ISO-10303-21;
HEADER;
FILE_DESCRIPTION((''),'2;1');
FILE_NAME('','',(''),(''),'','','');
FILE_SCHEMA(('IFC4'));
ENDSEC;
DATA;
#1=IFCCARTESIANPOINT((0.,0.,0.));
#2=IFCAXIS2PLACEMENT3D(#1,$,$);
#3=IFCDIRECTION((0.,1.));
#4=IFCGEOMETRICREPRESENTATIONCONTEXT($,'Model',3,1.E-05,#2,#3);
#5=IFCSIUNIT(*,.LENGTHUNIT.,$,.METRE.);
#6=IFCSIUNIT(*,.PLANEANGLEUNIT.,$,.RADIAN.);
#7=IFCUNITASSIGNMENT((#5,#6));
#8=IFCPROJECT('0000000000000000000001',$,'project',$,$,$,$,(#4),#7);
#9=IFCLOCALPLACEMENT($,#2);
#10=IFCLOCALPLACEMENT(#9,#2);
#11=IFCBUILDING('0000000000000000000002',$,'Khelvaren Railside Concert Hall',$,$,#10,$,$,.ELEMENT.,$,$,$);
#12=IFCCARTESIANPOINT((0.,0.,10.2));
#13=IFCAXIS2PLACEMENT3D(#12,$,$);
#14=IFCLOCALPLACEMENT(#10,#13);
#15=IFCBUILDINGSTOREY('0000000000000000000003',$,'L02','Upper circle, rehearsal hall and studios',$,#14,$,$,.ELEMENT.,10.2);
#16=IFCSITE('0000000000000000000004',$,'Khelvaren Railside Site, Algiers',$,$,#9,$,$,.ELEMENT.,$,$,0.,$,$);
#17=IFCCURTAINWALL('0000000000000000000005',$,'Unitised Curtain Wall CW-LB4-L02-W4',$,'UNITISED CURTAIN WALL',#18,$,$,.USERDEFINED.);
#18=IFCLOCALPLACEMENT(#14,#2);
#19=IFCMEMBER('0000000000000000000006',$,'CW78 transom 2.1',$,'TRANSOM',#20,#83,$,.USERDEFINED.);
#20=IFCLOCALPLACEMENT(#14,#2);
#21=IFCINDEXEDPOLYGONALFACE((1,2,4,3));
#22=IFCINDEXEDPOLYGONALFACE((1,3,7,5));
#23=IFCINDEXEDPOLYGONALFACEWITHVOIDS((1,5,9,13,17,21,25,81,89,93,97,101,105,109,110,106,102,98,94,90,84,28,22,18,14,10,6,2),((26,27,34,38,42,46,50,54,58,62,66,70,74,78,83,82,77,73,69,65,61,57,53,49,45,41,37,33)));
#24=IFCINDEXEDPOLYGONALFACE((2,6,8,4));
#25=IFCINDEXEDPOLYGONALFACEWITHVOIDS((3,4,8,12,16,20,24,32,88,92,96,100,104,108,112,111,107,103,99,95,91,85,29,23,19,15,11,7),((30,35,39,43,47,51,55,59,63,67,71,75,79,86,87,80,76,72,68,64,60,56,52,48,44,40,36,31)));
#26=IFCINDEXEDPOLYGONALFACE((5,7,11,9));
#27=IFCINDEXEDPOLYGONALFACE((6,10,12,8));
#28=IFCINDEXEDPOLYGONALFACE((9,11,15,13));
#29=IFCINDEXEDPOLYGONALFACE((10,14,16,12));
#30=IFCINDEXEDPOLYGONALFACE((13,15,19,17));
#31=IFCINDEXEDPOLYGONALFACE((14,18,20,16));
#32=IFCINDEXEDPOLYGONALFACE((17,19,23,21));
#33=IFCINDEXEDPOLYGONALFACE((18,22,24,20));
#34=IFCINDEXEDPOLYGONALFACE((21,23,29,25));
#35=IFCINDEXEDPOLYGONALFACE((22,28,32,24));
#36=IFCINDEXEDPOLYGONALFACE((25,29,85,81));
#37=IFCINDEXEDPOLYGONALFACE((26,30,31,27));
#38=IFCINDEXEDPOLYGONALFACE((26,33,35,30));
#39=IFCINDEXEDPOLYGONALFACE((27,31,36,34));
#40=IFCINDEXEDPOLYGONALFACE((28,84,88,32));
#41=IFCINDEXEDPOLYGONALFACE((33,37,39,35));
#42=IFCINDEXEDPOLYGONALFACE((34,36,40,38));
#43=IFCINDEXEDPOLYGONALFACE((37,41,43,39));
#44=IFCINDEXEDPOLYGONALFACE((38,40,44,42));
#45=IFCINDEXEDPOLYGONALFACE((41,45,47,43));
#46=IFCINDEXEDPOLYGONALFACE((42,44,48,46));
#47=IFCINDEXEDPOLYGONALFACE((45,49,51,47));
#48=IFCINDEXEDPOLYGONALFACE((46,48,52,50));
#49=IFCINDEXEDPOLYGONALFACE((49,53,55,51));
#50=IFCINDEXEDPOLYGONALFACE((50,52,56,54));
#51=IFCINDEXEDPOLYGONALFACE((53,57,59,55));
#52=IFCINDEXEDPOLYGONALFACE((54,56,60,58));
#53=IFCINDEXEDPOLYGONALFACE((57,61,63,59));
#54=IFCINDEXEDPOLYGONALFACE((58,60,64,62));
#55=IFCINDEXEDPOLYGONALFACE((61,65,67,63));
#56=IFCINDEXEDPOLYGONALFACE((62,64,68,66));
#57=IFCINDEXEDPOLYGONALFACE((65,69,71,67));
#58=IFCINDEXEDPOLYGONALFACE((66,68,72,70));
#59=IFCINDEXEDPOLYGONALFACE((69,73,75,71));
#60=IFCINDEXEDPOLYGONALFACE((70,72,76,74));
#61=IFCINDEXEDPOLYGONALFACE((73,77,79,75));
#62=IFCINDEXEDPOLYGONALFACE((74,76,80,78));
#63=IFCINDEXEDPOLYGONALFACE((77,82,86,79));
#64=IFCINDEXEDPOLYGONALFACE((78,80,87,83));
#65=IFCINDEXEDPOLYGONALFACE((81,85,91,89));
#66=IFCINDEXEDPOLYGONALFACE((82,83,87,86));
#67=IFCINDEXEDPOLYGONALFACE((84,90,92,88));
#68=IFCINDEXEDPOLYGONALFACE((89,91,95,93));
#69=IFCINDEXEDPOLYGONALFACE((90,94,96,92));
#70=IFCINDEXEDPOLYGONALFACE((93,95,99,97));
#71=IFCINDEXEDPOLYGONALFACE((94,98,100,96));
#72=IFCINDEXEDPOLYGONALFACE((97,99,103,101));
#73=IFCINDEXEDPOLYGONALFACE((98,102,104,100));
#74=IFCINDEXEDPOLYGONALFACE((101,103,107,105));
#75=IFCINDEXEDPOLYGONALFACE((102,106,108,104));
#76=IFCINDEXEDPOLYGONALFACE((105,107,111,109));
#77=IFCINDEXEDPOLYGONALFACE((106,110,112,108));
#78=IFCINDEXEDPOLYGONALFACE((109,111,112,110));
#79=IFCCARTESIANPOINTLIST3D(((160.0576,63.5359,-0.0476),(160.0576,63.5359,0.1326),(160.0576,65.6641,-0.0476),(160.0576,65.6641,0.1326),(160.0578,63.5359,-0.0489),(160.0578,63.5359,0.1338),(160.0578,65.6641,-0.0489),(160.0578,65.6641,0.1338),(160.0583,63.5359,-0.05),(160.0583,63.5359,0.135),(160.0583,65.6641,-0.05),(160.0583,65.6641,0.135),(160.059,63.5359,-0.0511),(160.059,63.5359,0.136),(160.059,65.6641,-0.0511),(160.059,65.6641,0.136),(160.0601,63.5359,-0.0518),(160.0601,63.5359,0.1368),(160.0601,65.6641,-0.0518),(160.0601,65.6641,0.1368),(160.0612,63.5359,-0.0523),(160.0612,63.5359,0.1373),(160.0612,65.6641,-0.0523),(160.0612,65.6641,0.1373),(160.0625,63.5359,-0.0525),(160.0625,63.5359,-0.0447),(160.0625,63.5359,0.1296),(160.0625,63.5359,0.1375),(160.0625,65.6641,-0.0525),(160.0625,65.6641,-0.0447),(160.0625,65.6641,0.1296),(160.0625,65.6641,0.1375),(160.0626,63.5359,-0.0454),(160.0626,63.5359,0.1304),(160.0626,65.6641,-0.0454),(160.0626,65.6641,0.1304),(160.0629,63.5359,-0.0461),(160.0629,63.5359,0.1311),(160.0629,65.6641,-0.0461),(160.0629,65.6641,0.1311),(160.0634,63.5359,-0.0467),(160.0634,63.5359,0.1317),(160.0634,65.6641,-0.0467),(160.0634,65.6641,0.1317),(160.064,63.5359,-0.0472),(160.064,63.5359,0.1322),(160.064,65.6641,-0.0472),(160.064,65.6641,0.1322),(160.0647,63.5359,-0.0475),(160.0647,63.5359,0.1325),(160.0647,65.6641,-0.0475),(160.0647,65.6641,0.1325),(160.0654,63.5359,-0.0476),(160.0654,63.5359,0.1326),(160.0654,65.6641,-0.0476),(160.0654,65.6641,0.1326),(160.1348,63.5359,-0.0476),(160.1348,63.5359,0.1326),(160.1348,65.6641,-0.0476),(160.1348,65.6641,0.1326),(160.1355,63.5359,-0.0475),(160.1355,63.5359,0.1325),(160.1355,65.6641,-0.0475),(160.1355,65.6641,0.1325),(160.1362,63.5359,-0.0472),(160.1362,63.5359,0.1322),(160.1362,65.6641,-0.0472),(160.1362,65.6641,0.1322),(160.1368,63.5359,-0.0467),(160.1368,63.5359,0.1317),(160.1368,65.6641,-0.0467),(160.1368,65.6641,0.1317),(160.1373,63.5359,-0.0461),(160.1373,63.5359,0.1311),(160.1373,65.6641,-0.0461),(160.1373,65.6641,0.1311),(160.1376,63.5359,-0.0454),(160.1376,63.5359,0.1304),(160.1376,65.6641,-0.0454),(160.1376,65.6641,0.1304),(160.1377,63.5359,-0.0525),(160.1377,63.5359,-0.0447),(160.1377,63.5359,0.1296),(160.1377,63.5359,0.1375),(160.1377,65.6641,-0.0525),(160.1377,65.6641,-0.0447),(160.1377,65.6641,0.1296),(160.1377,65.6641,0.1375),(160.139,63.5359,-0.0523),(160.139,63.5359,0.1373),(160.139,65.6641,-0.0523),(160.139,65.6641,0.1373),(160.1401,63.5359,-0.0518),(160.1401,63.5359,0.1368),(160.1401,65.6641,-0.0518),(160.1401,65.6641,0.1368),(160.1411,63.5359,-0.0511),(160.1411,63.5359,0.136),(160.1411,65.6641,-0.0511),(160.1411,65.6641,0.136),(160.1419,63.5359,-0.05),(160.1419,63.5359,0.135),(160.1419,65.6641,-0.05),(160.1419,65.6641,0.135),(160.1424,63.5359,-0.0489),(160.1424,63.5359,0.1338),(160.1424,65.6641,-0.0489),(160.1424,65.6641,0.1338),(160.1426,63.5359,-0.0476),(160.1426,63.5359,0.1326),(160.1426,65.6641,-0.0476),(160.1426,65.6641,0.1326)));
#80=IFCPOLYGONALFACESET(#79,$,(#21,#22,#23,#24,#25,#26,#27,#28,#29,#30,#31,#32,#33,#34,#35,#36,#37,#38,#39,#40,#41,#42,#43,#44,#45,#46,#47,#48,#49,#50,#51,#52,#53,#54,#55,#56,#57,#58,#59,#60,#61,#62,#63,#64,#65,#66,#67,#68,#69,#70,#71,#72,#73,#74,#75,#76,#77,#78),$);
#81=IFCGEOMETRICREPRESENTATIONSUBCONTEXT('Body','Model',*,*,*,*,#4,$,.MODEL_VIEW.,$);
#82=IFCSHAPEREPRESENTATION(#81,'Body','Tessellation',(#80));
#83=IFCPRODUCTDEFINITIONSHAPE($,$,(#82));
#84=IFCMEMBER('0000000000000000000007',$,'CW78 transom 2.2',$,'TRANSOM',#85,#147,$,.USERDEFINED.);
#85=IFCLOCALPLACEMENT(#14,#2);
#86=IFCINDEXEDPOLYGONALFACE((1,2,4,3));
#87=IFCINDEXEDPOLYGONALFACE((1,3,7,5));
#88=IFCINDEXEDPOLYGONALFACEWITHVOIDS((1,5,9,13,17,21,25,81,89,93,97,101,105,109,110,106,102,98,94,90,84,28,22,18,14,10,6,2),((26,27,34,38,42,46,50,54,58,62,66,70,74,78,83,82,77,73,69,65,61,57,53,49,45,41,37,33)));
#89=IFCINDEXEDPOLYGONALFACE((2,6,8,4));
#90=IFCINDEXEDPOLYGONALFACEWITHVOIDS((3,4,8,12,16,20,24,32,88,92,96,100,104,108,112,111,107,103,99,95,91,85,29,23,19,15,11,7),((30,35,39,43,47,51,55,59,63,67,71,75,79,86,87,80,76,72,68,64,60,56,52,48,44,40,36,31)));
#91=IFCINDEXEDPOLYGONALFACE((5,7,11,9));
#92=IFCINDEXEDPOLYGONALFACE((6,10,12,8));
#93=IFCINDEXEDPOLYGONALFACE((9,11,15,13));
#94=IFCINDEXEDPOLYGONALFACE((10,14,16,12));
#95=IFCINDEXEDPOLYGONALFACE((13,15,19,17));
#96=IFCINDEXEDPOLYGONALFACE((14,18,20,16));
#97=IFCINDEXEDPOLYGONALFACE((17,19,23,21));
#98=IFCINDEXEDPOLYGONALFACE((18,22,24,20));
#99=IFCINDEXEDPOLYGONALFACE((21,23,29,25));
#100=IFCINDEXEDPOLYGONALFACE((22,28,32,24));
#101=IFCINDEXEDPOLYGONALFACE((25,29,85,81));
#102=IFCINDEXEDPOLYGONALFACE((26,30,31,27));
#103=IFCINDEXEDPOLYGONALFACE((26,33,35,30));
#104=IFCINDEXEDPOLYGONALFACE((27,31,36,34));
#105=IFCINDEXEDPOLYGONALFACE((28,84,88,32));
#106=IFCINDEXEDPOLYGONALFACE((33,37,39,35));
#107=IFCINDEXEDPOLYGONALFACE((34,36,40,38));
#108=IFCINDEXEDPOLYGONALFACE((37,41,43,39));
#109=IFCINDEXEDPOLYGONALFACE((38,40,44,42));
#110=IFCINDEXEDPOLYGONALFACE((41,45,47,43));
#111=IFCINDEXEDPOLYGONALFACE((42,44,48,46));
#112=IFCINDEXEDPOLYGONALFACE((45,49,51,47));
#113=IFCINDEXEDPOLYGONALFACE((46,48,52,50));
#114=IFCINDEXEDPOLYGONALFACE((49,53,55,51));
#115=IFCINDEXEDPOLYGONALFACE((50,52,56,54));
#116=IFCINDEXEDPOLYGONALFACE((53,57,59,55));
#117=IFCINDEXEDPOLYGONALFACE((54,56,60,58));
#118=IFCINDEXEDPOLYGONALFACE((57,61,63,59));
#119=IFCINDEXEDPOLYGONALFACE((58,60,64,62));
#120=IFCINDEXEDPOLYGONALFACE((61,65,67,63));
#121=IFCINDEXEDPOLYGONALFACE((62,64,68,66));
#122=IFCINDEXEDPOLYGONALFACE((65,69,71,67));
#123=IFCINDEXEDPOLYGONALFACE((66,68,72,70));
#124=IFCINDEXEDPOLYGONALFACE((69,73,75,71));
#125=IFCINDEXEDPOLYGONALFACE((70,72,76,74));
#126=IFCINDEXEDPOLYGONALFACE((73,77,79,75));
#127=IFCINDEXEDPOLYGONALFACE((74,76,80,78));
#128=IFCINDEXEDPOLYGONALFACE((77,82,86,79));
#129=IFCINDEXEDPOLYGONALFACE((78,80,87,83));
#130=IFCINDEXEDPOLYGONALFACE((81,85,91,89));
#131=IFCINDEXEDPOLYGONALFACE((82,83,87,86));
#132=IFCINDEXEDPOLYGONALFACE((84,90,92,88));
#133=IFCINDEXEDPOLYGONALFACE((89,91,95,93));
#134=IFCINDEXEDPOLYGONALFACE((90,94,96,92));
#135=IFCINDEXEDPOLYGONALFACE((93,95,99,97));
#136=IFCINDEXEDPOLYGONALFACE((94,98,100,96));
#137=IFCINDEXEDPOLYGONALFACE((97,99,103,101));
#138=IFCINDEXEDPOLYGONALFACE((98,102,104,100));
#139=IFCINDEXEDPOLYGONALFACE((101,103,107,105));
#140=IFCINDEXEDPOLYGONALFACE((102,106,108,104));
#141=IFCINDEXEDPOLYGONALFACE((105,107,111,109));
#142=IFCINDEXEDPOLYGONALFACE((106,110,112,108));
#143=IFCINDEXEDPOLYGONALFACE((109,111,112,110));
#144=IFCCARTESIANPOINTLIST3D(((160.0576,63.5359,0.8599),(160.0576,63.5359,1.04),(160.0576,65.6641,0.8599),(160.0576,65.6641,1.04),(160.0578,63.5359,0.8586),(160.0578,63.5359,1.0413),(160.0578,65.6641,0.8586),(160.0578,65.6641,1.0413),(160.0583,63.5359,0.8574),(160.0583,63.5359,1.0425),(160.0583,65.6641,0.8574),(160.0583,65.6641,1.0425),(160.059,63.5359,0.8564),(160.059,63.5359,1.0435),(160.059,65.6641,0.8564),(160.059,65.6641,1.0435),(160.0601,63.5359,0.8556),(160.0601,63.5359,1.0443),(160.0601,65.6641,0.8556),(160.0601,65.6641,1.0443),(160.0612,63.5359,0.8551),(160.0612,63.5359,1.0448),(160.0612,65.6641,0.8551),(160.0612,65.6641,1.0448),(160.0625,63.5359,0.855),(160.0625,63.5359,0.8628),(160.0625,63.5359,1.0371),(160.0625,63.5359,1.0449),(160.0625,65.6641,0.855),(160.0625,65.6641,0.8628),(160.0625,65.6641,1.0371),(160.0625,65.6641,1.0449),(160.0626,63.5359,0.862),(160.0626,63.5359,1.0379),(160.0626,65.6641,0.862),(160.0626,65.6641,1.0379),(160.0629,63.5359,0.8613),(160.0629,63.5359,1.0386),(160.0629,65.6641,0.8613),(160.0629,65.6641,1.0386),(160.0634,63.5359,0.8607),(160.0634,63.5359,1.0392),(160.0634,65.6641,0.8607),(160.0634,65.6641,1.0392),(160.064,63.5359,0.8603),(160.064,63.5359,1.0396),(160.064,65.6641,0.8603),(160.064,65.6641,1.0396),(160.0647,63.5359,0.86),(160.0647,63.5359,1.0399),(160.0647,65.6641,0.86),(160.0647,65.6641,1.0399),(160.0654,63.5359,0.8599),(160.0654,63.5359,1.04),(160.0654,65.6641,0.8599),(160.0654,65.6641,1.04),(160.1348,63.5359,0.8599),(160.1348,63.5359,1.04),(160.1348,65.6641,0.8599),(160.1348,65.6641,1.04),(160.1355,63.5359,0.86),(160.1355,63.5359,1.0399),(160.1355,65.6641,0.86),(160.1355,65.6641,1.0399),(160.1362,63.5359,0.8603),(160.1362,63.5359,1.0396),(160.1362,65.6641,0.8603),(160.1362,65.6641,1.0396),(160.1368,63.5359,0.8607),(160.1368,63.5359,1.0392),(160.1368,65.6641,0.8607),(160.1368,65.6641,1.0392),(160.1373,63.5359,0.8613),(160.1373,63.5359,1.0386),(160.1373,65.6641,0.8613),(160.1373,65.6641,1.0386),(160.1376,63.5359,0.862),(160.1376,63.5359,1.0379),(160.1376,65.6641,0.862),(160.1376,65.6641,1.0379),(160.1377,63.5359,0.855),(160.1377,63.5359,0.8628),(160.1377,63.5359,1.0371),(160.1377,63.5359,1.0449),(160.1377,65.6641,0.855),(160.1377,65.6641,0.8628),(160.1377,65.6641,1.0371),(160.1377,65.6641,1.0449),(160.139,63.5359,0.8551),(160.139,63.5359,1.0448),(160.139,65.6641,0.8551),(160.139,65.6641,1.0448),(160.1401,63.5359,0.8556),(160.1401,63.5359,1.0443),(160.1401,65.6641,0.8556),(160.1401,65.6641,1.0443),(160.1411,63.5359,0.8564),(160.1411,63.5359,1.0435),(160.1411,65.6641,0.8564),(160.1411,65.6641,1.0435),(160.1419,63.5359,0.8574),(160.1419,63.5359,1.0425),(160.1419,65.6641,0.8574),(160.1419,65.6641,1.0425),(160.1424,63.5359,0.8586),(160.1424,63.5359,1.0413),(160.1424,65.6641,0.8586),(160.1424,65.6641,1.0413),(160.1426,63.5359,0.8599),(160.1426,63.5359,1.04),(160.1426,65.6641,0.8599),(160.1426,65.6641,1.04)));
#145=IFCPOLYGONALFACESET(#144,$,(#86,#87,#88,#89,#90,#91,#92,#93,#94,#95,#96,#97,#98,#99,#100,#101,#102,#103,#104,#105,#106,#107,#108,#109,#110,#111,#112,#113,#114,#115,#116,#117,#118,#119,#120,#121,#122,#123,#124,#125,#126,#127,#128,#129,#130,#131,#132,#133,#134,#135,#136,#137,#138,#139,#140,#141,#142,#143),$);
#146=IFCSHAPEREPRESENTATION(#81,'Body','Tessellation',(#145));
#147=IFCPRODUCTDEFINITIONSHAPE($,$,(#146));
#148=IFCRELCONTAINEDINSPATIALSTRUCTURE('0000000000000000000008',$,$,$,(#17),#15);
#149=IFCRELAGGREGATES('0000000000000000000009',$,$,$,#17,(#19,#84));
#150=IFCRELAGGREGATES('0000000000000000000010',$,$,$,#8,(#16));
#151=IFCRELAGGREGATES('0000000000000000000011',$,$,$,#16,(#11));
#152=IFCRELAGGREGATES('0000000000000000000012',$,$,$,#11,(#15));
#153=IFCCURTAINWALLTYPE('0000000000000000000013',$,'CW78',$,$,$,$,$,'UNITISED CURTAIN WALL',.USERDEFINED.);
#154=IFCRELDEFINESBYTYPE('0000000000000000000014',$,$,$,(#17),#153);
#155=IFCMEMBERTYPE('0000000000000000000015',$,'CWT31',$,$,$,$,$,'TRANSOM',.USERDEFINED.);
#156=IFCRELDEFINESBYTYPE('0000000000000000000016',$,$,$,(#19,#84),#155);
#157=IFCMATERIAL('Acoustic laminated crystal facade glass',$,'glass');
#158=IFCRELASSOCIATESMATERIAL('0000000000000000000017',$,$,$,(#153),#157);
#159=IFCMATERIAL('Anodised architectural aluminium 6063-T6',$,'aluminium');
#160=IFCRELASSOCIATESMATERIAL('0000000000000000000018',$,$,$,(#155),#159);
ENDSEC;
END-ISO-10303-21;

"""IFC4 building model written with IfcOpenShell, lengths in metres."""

from ifc_helpers import new_model, si_unit, direction, frame, origin, origin_2d, place, context, subcontext, project, spatial, hollow_rectangle, extrude, material, material_profile, profile_set, type_object, element, aggregate, save


model = new_model("IFC4")

# Units and contexts
model_context = context("Model", 3, precision=1e-05, world=origin(), true_north=direction((0.0, 1.0)))
body_context = subcontext(model_context, "Body", "Model", "MODEL_VIEW")
ifc_project = project(units=[si_unit("LENGTHUNIT", "METRE"), si_unit("PLANEANGLEUNIT", "RADIAN")], contexts=[model_context])

# Site, building, storey
site_placement = place(None, origin())
site = spatial("IfcSite", under=ifc_project, at=site_placement, Name="Khelvaren Railside Site, Algiers", CompositionType="ELEMENT", RefElevation=0.0)
building_placement = place(site_placement, origin())
building = spatial("IfcBuilding", under=site, at=building_placement, Name="Khelvaren Railside Concert Hall", CompositionType="ELEMENT")
storey_placement = place(building_placement, frame((0.0, 0.0, 10.2)))
storey = spatial("IfcBuildingStorey", under=building, at=storey_placement, Name="L02", Description="Upper circle, rehearsal hall and studios", CompositionType="ELEMENT", Elevation=10.2)

# Shared definitions
ifc_material_1 = material(Name="Acoustic laminated crystal facade glass", Category="glass")
curtain_wall_type = type_object("IfcCurtainWallType", Name="CW78", ElementType="UNITISED CURTAIN WALL", PredefinedType="USERDEFINED", material=ifc_material_1)
ifc_material_2 = material(Name="Anodised architectural aluminium 6063-T6", Category="aluminium")

# Curtain wall, members
curtain_wall_1_placement = place(storey_placement, origin())
curtain_wall_1 = element("IfcCurtainWall", 1, at=curtain_wall_1_placement, inside=storey, type_object=curtain_wall_type, Name="Unitised Curtain Wall CW-LB4-L02-W4", ObjectType="UNITISED CURTAIN WALL", PredefinedType="USERDEFINED")
ifc_material_profile_1 = material_profile(ifc_material_2, hollow_rectangle(XDim=0.085, YDim=0.1899, WallThickness=0.0049, InnerFilletRadius=0.0029, OuterFilletRadius=0.0049, at=origin_2d()), Name="CWT 85x190x5")
ifc_profile_set_1 = profile_set([ifc_material_profile_1], Name="Anodised architectural aluminium 6063-T6")
member_type_1 = type_object("IfcMemberType", Name="CWT31", ElementType="TRANSOM", PredefinedType="USERDEFINED", material=ifc_profile_set_1)
member_1_placement = place(storey_placement, frame((160.1001, 63.5359, 0.0425), z_axis=(0.0, 1.0, 0.0), x_axis=(-1.0, 0.0, 0.0)))
member_1 = element("IfcMember", 2, at=member_1_placement, type_object=member_type_1, Name="CW78 transom 2.1", ObjectType="TRANSOM", PredefinedType="USERDEFINED", context=body_context, shape_type="SweptSolid", body=[
    extrude(hollow_rectangle(XDim=0.085, YDim=0.1899, WallThickness=0.0049, InnerFilletRadius=0.0029, OuterFilletRadius=0.0049, at=origin_2d()), origin(), (0.0, 0.0, 1.0), 2.1282),
])
member_2_placement = place(storey_placement, frame((160.1001, 63.5359, 0.95), z_axis=(0.0, 1.0, 0.0), x_axis=(-1.0, 0.0, 0.0)))
member_2 = element("IfcMember", 3, at=member_2_placement, type_object=member_type_1, Name="CW78 transom 2.2", ObjectType="TRANSOM", PredefinedType="USERDEFINED", context=body_context, shape_type="SweptSolid", body=[
    extrude(hollow_rectangle(XDim=0.085, YDim=0.1899, WallThickness=0.0049, InnerFilletRadius=0.0029, OuterFilletRadius=0.0049, at=origin_2d()), origin(), (0.0, 0.0, 1.0), 2.1282),
])

aggregate(curtain_wall_1, [member_1, member_2])

save(model, "model.ifc")
